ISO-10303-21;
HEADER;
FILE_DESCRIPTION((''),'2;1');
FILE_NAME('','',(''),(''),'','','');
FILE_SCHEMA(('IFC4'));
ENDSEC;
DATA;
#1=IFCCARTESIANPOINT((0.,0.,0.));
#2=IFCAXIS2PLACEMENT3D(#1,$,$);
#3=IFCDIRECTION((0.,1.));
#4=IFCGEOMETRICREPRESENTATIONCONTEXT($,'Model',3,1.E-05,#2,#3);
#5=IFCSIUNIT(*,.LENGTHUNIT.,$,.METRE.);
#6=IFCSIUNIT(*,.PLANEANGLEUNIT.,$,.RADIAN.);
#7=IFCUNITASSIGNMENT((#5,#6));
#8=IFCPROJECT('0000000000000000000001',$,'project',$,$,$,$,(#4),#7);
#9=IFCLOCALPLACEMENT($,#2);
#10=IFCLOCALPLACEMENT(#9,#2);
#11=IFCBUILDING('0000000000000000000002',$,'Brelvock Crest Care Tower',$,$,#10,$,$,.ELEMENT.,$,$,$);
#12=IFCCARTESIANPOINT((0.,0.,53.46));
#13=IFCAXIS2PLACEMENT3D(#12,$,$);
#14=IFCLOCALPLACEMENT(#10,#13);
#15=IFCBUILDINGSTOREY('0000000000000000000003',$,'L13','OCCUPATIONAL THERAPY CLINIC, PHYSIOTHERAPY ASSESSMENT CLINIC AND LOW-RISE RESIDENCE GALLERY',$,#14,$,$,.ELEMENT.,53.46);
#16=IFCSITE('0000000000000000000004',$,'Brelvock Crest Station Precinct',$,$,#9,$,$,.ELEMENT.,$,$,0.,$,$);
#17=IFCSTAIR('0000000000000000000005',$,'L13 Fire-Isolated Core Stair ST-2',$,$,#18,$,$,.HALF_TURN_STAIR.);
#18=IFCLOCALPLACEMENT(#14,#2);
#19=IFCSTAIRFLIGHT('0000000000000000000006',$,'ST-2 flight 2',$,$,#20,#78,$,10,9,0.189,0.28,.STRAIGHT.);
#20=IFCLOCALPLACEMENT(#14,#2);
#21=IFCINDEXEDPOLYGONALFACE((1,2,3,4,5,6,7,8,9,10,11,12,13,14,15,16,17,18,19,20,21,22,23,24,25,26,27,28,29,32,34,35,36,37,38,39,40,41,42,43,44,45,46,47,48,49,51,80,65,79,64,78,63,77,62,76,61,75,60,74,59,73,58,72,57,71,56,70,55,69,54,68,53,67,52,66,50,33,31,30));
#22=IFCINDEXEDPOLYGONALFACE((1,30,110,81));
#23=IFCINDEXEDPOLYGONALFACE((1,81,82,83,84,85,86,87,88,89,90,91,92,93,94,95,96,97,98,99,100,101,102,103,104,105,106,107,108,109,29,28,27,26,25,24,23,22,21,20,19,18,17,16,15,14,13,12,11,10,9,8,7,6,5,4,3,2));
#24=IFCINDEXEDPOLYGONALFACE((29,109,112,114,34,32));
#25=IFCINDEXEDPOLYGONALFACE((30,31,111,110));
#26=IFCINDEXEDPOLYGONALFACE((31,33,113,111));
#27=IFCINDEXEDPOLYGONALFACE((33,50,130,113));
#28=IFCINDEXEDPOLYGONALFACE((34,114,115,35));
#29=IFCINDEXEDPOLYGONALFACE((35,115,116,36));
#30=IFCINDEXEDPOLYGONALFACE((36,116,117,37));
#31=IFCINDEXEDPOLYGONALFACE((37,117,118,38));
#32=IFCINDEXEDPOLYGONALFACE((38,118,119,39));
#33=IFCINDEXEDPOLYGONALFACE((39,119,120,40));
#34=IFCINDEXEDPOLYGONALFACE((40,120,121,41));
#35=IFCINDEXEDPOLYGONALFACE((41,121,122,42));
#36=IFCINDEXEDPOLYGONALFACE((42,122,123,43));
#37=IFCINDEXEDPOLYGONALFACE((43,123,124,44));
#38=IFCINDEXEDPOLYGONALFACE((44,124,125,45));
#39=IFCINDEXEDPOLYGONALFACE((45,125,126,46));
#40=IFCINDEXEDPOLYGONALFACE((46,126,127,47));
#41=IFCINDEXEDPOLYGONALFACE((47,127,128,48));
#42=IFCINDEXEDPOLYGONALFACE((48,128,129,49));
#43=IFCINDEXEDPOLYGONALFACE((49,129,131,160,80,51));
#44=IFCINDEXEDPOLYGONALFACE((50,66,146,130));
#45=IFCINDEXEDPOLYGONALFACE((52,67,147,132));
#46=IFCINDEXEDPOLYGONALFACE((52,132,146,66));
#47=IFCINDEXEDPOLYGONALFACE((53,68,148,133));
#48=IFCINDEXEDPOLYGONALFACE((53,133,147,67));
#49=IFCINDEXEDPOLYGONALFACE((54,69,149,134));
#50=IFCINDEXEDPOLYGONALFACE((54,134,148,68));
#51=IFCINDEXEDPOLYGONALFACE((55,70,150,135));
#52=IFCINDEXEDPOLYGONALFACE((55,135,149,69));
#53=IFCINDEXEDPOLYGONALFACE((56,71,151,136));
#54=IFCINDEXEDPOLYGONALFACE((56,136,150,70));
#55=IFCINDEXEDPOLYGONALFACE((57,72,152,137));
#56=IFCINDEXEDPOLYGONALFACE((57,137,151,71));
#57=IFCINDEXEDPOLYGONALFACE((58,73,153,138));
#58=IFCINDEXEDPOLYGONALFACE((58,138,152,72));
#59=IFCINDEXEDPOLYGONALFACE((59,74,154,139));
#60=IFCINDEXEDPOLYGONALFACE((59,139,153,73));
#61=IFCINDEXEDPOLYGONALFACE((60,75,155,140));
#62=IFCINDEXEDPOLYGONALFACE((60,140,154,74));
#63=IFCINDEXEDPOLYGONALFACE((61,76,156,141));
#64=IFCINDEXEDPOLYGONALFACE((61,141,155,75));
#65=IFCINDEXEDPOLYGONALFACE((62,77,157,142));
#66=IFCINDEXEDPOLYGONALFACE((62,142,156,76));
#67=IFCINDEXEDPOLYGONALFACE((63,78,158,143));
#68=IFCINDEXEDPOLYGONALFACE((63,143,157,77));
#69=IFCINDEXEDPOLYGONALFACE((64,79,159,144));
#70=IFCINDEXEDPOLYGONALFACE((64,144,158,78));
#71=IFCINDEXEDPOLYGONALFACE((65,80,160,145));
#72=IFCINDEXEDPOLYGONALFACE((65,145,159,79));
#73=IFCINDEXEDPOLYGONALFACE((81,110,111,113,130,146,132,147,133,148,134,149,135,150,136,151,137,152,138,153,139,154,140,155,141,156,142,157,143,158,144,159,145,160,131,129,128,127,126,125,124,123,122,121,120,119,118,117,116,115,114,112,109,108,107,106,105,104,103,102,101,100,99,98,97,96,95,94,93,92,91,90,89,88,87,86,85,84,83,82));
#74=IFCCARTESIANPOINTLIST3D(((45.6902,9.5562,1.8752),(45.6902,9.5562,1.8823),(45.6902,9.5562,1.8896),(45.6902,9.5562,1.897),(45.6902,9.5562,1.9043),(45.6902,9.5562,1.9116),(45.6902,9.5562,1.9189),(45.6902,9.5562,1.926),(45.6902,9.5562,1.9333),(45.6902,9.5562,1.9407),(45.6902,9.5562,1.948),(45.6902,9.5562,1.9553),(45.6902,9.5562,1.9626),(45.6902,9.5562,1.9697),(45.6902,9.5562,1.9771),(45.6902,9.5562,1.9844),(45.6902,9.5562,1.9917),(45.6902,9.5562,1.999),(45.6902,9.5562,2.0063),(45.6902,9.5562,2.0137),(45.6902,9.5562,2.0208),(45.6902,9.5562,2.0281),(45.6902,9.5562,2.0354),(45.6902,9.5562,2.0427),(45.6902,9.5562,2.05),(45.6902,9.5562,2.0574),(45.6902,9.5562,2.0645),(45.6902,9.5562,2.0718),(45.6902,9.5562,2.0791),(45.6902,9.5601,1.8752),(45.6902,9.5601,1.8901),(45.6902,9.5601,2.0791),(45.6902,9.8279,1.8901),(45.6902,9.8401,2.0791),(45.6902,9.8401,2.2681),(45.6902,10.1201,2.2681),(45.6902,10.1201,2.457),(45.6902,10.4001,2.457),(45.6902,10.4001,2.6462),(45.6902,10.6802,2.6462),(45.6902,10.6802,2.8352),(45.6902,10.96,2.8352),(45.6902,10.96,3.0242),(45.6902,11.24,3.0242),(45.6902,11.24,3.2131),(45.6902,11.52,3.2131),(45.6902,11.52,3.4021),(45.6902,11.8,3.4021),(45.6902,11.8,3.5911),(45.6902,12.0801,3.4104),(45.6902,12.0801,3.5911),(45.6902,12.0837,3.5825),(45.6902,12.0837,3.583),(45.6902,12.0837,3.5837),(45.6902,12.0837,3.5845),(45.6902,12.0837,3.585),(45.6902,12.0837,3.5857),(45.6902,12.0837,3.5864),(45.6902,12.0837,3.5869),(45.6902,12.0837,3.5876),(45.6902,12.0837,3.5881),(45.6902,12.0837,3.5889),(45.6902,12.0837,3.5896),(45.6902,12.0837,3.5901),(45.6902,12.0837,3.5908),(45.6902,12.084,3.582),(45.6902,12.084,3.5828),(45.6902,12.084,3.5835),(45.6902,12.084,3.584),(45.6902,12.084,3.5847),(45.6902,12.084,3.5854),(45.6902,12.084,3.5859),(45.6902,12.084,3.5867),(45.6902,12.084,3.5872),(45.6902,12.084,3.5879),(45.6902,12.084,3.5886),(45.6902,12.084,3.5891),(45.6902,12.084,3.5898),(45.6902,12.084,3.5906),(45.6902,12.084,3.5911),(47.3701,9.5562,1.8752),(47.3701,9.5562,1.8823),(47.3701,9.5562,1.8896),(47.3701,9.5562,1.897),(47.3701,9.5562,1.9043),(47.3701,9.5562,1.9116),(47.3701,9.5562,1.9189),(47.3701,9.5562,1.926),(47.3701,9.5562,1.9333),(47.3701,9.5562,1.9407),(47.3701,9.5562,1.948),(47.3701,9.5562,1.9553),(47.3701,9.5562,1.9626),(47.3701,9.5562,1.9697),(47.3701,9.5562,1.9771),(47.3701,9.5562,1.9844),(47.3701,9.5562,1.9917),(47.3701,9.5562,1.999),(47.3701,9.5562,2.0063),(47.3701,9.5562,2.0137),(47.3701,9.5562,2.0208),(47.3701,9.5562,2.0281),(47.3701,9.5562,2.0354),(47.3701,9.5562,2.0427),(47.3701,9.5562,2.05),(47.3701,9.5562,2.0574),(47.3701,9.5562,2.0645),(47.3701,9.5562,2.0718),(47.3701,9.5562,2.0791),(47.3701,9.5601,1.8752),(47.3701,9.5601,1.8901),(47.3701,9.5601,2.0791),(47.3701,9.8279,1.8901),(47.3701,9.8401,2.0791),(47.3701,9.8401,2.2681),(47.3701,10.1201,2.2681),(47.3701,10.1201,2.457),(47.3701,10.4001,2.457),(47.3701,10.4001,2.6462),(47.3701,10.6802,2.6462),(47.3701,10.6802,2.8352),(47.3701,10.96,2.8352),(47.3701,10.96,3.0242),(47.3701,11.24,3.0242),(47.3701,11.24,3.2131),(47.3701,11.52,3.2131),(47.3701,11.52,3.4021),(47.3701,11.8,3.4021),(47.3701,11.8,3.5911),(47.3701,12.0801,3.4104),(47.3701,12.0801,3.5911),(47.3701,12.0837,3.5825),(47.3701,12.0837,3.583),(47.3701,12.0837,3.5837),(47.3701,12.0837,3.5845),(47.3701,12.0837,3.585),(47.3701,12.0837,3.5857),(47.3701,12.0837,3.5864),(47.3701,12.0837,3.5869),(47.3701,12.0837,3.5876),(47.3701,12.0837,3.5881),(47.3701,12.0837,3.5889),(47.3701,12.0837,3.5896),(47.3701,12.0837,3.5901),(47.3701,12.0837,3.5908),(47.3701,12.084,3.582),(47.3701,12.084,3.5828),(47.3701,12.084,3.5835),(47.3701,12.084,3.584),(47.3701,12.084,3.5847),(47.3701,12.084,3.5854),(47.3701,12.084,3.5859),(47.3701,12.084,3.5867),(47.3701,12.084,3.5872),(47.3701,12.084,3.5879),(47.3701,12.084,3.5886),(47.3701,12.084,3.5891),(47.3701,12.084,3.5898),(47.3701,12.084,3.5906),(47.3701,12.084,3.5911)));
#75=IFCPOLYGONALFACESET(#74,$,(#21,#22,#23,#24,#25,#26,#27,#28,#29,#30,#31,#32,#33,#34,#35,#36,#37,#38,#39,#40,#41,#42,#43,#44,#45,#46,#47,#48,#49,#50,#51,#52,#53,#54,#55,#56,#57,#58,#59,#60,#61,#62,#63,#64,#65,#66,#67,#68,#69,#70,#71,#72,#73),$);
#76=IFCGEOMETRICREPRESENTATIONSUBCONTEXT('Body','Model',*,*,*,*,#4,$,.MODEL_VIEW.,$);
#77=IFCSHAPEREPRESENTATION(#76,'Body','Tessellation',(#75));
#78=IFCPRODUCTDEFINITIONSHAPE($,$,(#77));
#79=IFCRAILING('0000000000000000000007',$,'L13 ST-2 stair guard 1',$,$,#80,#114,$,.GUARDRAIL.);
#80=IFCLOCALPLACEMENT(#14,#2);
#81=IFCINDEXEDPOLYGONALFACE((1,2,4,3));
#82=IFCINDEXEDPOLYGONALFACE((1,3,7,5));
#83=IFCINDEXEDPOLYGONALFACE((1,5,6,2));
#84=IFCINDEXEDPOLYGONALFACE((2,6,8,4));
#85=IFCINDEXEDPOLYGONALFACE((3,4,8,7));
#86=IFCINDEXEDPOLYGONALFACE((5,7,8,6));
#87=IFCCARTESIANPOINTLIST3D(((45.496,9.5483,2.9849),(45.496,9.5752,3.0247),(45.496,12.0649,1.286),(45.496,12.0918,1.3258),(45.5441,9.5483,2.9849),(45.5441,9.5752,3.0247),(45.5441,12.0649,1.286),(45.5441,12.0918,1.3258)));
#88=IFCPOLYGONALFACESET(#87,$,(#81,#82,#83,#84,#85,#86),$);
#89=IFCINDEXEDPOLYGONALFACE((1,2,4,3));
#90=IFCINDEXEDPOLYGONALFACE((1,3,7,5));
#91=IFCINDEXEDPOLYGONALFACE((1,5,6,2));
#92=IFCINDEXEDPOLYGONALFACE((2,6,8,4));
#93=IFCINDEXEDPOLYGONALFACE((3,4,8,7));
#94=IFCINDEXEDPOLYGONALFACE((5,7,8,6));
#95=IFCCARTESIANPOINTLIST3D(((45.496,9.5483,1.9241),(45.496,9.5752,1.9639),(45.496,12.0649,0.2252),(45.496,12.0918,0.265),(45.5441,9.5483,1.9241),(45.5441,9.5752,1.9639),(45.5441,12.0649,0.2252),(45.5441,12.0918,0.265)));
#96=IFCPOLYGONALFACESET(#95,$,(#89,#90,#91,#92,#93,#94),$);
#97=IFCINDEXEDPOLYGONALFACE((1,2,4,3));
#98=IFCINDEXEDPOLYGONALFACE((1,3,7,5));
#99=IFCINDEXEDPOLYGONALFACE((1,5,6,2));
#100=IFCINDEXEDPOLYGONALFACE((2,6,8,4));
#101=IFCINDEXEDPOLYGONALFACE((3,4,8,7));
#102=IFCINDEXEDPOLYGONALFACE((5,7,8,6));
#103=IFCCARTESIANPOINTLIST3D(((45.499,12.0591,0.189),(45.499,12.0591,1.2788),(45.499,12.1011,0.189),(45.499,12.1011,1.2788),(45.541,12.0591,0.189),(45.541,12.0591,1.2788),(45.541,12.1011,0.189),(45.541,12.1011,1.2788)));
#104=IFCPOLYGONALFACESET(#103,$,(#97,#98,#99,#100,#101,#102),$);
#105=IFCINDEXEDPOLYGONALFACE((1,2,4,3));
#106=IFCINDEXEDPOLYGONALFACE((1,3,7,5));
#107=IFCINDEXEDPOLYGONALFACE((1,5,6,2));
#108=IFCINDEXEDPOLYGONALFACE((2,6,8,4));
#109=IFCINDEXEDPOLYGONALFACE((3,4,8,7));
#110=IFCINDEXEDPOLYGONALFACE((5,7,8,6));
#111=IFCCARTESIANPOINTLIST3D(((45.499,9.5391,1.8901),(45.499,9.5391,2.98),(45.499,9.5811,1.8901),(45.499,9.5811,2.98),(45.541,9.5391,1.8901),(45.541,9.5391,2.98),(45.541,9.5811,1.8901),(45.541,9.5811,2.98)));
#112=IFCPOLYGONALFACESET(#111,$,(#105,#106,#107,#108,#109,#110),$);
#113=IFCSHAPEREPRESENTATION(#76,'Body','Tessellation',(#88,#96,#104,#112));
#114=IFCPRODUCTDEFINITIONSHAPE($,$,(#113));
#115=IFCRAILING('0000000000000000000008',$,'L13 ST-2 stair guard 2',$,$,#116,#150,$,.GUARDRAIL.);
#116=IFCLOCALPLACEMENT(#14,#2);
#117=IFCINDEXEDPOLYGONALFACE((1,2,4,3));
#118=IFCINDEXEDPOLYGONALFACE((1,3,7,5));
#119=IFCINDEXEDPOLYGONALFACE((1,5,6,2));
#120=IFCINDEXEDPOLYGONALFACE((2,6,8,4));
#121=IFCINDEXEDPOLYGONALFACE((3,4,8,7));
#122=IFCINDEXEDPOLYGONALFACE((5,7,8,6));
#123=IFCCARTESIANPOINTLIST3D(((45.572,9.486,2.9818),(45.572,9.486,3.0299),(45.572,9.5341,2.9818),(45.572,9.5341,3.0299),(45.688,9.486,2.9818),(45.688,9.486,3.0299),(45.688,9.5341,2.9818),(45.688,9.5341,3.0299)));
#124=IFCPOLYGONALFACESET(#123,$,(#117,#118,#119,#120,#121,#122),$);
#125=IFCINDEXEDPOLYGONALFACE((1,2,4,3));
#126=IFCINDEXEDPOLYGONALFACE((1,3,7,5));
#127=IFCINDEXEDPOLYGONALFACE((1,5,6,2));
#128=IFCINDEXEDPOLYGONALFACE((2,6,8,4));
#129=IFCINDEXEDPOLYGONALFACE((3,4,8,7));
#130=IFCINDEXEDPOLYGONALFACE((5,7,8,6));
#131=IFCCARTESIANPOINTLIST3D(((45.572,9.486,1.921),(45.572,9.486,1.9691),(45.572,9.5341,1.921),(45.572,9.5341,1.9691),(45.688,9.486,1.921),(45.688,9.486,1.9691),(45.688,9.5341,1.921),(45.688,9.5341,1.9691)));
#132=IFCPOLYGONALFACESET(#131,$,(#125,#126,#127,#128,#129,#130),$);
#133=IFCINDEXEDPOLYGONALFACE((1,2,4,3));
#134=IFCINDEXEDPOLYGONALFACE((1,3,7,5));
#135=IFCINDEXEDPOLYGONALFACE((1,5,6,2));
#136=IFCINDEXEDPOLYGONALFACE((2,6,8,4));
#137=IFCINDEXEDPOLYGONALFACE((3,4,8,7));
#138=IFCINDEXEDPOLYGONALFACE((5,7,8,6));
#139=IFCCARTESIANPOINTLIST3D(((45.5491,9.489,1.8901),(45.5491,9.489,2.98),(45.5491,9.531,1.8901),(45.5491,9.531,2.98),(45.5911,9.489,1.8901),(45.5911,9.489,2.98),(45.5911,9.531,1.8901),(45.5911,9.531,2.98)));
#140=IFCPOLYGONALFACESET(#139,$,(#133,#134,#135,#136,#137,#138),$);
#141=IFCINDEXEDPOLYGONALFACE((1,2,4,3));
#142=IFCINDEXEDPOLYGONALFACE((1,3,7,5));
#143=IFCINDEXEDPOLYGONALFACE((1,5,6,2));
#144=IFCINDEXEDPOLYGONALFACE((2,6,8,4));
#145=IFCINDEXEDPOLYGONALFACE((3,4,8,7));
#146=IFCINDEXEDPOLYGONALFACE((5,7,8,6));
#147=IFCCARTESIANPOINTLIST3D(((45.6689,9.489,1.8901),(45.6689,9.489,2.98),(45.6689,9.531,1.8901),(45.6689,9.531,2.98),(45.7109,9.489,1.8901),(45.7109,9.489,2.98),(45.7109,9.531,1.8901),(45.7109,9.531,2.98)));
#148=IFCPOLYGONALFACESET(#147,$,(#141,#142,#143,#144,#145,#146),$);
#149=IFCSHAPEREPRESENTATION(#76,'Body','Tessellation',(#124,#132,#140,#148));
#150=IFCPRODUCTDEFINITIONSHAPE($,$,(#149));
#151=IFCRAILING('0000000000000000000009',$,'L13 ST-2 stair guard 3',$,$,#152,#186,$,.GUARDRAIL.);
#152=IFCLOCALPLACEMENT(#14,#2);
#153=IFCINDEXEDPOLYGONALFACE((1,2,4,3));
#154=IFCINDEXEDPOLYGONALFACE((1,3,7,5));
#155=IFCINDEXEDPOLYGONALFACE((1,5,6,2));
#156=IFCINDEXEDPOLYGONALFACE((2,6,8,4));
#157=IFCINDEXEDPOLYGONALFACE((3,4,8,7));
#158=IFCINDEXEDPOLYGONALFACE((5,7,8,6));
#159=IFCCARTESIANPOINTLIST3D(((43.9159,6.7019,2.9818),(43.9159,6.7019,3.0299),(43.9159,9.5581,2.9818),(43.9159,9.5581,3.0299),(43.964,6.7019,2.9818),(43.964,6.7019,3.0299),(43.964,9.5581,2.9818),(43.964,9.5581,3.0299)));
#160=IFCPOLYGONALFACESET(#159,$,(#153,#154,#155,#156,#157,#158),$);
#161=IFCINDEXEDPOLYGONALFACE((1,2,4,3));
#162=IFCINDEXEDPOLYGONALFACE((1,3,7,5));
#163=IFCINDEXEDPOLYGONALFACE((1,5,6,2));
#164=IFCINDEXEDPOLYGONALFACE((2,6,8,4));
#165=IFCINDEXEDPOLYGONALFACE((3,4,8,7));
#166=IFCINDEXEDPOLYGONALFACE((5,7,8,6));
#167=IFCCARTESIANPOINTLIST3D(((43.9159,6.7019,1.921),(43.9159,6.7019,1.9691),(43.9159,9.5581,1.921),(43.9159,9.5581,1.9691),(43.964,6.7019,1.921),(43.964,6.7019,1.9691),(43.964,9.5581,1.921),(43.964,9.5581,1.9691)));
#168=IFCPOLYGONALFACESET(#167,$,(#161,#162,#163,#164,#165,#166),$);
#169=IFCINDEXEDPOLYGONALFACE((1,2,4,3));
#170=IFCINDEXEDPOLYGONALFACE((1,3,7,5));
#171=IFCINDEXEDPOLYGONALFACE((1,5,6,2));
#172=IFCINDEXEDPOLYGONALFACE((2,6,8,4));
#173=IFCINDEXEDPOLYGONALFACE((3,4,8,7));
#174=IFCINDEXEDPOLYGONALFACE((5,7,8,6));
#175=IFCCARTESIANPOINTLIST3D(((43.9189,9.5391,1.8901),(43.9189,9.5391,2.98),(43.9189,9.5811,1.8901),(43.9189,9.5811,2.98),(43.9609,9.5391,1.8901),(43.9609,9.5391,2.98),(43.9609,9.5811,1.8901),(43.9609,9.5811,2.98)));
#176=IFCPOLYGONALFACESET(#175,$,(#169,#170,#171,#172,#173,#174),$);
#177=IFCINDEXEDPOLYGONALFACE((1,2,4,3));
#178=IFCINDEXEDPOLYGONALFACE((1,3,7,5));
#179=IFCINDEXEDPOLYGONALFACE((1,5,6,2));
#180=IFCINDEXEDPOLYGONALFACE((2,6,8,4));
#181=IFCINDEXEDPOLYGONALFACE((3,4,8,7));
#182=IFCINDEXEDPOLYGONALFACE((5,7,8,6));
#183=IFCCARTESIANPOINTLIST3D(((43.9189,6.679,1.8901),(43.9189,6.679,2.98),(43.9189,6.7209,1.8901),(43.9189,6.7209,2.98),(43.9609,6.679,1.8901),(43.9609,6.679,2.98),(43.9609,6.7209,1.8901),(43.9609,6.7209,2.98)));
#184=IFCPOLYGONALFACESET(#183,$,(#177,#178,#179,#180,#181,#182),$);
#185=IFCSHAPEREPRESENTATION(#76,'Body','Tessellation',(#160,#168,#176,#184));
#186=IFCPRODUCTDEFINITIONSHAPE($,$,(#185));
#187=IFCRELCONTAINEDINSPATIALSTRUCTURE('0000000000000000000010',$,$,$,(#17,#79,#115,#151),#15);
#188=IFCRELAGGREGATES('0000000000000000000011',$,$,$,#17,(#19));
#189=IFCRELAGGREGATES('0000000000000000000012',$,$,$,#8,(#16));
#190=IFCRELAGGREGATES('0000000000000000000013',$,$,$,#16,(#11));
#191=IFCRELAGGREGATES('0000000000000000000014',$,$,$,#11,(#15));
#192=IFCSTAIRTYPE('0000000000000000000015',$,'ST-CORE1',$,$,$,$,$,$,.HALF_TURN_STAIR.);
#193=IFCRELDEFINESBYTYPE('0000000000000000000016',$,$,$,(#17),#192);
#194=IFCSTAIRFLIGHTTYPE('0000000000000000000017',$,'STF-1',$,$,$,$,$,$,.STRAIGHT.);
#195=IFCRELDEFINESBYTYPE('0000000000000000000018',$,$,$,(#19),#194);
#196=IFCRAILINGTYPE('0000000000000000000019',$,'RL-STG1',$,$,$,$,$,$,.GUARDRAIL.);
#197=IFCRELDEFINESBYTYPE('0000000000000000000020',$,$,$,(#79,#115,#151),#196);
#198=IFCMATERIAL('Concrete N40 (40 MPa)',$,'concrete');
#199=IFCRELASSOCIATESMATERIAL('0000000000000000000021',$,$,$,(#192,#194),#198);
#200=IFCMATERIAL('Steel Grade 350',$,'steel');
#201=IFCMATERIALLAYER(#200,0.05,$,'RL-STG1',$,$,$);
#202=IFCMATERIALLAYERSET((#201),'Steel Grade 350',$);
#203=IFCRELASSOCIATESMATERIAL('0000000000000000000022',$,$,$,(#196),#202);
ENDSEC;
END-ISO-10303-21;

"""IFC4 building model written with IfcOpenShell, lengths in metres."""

from ifc_helpers import new_model, si_unit, direction, frame, origin, origin_2d, place, context, subcontext, project, spatial, polyline, rectangle, outline, extrude, material, layer, layer_set, type_object, element, aggregate, save


model = new_model("IFC4")

# Units and contexts
model_context = context("Model", 3, precision=1e-05, world=origin(), true_north=direction((0.0, 1.0)))
body_context = subcontext(model_context, "Body", "Model", "MODEL_VIEW")
ifc_project = project(units=[si_unit("LENGTHUNIT", "METRE"), si_unit("PLANEANGLEUNIT", "RADIAN")], contexts=[model_context])

# Site, building, storey
site_placement = place(None, origin())
site = spatial("IfcSite", under=ifc_project, at=site_placement, Name="Brelvock Crest Station Precinct", CompositionType="ELEMENT", RefElevation=0.0)
building_placement = place(site_placement, origin())
building = spatial("IfcBuilding", under=site, at=building_placement, Name="Brelvock Crest Care Tower", CompositionType="ELEMENT")
storey_placement = place(building_placement, frame((0.0, 0.0, 53.46)))
storey = spatial("IfcBuildingStorey", under=building, at=storey_placement, Name="L13", Description="OCCUPATIONAL THERAPY CLINIC, PHYSIOTHERAPY ASSESSMENT CLINIC AND LOW-RISE RESIDENCE GALLERY", CompositionType="ELEMENT", Elevation=53.46)

# Shared definitions
ifc_material_1 = material(Name="Steel Grade 350", Category="steel")

# Stair, stair flight
ifc_material_2 = material(Name="Concrete N40 (40 MPa)", Category="concrete")
stair_type = type_object("IfcStairType", Name="ST-CORE1", PredefinedType="HALF_TURN_STAIR", material=ifc_material_2)
stair_placement = place(storey_placement, origin())
stair = element("IfcStair", 1, at=stair_placement, inside=storey, type_object=stair_type, Name="L13 Fire-Isolated Core Stair ST-2", PredefinedType="HALF_TURN_STAIR")
stair_flight_type = type_object("IfcStairFlightType", Name="STF-1", PredefinedType="STRAIGHT", material=ifc_material_2)
stair_flight_1_placement = place(storey_placement, frame((46.53, 9.5601, 1.8901), z_axis=(0.0, 0.0, 1.0), x_axis=(0.0, 1.0, 0.0)))
stair_flight_1 = element("IfcStairFlight", 2, at=stair_flight_1_placement, type_object=stair_flight_type, Name="ST-2 flight 2", NumberOfRisers=10, NumberOfTreads=9, PredefinedType="STRAIGHT", RiserHeight=0.189, TreadLength=0.28, context=body_context, shape_type="SweptSolid", body=[
    extrude(outline(polyline([(-0.0039, -0.0149), (-0.0039, -0.0078), (-0.0039, -0.0005), (-0.0039, 0.0068), (-0.0039, 0.0142), (-0.0039, 0.0215), (-0.0039, 0.0288), (-0.0039, 0.0359), (-0.0039, 0.0432), (-0.0039, 0.0505), (-0.0039, 0.0579), (-0.0039, 0.0652), (-0.0039, 0.0725), (-0.0039, 0.0796), (-0.0039, 0.0869), (-0.0039, 0.0942), (-0.0039, 0.1016), (-0.0039, 0.1089), (-0.0039, 0.1162), (-0.0039, 0.1235), (-0.0039, 0.1306), (-0.0039, 0.1379), (-0.0039, 0.1453), (-0.0039, 0.1526), (-0.0039, 0.1599), (-0.0039, 0.1672), (-0.0039, 0.1743), (-0.0039, 0.1816), (-0.0039, 0.189), (0.0, 0.189), (0.28, 0.189), (0.28, 0.3779), (0.5601, 0.3779), (0.5601, 0.5669), (0.8401, 0.5669), (0.8401, 0.7561), (1.1201, 0.7561), (1.1201, 0.9451), (1.3999, 0.9451), (1.3999, 1.134), (1.6799, 1.134), (1.6799, 1.323), (1.96, 1.323), (1.96, 1.512), (2.24, 1.512), (2.24, 1.7009), (2.52, 1.7009), (2.5239, 1.7009), (2.5237, 1.7007), (2.5239, 1.7004), (2.5237, 1.7), (2.5239, 1.6997), (2.5237, 1.6995), (2.5239, 1.699), (2.5237, 1.6987), (2.5239, 1.6985), (2.5237, 1.698), (2.5239, 1.6978), (2.5237, 1.6975), (2.5239, 1.697), (2.5237, 1.6968), (2.5239, 1.6965), (2.5237, 1.6963), (2.5239, 1.6958), (2.5237, 1.6956), (2.5239, 1.6953), (2.5237, 1.6948), (2.5239, 1.6946), (2.5237, 1.6943), (2.5239, 1.6938), (2.5237, 1.6936), (2.5239, 1.6934), (2.5237, 1.6929), (2.5239, 1.6926), (2.5237, 1.6924), (2.5239, 1.6919), (2.52, 1.5203), (0.2678, 0.0), (0.0, 0.0), (0.0, -0.0149), (-0.0039, -0.0149)])), frame((0.0, 0.8398, 0.0), z_axis=(0.0, -1.0, 0.0), x_axis=(1.0, 0.0, 0.0)), (0.0, 0.0, 1.0), 1.6799),
])
aggregate(stair, [stair_flight_1])

# Railings
ifc_layer_1 = layer(ifc_material_1, 0.05, Name="RL-STG1")
ifc_layer_set_1 = layer_set([ifc_layer_1], Name="Steel Grade 350")
railing_type_1 = type_object("IfcRailingType", Name="RL-STG1", PredefinedType="GUARDRAIL", material=ifc_layer_set_1)
railing_1_placement = place(storey_placement, frame((45.52, 12.0801, 0.189)))
element("IfcRailing", 3, at=railing_1_placement, inside=storey, type_object=railing_type_1, Name="L13 ST-2 stair guard 1", PredefinedType="GUARDRAIL", context=body_context, shape_type="SweptSolid", body=[
    extrude(rectangle(XDim=0.0481, YDim=0.0481, at=origin_2d()), frame((0.0, -0.0017, 1.1169), z_axis=(0.0, -0.828824, 0.559509), x_axis=(1.0, 0.0, 0.0)), (0.0, 0.0, 1.0), 3.0364),
    extrude(rectangle(XDim=0.0481, YDim=0.0481, at=origin_2d()), frame((0.0, -0.0017, 0.0562), z_axis=(0.0, -0.828824, 0.559509), x_axis=(1.0, 0.0, 0.0)), (0.0, 0.0, 1.0), 3.0364),
    extrude(rectangle(XDim=0.042, YDim=0.042, at=origin_2d()), origin(), (0.0, 0.0, 1.0), 1.0898),
    extrude(rectangle(XDim=0.042, YDim=0.042, at=origin_2d()), frame((0.0, -2.52, 1.7012)), (0.0, 0.0, 1.0), 1.0898),
])
railing_2_placement = place(storey_placement, frame((45.5701, 9.51, 1.8901)))
element("IfcRailing", 4, at=railing_2_placement, inside=storey, type_object=railing_type_1, Name="L13 ST-2 stair guard 2", PredefinedType="GUARDRAIL", context=body_context, shape_type="SweptSolid", body=[
    extrude(rectangle(XDim=0.0481, YDim=0.0481, at=origin_2d()), frame((0.002, 0.0, 1.1157), z_axis=(1.0, 0.0, 0.0), x_axis=(0.0, 1.0, 0.0)), (0.0, 0.0, 1.0), 0.116),
    extrude(rectangle(XDim=0.0481, YDim=0.0481, at=origin_2d()), frame((0.002, 0.0, 0.0549), z_axis=(1.0, 0.0, 0.0), x_axis=(0.0, 1.0, 0.0)), (0.0, 0.0, 1.0), 0.116),
    extrude(rectangle(XDim=0.042, YDim=0.042, at=origin_2d()), origin(), (0.0, 0.0, 1.0), 1.0898),
    extrude(rectangle(XDim=0.042, YDim=0.042, at=origin_2d()), frame((0.1199, 0.0, 0.0)), (0.0, 0.0, 1.0), 1.0898),
])
for number, where, name in (
    (5, (43.9399, 9.5601, 1.8901), "L13 ST-2 stair guard 3"),
):
    element("IfcRailing", number, at=place(storey_placement, frame(where)), inside=storey, type_object=railing_type_1, Name=name, PredefinedType="GUARDRAIL", context=body_context, shape_type="SweptSolid", body=[
        extrude(rectangle(XDim=0.0481, YDim=0.0481, at=origin_2d()), frame((0.0, -0.002, 1.1157), z_axis=(0.0, -1.0, 0.0), x_axis=(1.0, 0.0, 0.0)), (0.0, 0.0, 1.0), 2.8562),
        extrude(rectangle(XDim=0.0481, YDim=0.0481, at=origin_2d()), frame((0.0, -0.002, 0.0549), z_axis=(0.0, -1.0, 0.0), x_axis=(1.0, 0.0, 0.0)), (0.0, 0.0, 1.0), 2.8562),
        extrude(rectangle(XDim=0.042, YDim=0.042, at=origin_2d()), origin(), (0.0, 0.0, 1.0), 1.0898),
        extrude(rectangle(XDim=0.042, YDim=0.042, at=origin_2d()), frame((0.0, -2.8601, 0.0)), (0.0, 0.0, 1.0), 1.0898),
    ])

save(model, "model.ifc")
